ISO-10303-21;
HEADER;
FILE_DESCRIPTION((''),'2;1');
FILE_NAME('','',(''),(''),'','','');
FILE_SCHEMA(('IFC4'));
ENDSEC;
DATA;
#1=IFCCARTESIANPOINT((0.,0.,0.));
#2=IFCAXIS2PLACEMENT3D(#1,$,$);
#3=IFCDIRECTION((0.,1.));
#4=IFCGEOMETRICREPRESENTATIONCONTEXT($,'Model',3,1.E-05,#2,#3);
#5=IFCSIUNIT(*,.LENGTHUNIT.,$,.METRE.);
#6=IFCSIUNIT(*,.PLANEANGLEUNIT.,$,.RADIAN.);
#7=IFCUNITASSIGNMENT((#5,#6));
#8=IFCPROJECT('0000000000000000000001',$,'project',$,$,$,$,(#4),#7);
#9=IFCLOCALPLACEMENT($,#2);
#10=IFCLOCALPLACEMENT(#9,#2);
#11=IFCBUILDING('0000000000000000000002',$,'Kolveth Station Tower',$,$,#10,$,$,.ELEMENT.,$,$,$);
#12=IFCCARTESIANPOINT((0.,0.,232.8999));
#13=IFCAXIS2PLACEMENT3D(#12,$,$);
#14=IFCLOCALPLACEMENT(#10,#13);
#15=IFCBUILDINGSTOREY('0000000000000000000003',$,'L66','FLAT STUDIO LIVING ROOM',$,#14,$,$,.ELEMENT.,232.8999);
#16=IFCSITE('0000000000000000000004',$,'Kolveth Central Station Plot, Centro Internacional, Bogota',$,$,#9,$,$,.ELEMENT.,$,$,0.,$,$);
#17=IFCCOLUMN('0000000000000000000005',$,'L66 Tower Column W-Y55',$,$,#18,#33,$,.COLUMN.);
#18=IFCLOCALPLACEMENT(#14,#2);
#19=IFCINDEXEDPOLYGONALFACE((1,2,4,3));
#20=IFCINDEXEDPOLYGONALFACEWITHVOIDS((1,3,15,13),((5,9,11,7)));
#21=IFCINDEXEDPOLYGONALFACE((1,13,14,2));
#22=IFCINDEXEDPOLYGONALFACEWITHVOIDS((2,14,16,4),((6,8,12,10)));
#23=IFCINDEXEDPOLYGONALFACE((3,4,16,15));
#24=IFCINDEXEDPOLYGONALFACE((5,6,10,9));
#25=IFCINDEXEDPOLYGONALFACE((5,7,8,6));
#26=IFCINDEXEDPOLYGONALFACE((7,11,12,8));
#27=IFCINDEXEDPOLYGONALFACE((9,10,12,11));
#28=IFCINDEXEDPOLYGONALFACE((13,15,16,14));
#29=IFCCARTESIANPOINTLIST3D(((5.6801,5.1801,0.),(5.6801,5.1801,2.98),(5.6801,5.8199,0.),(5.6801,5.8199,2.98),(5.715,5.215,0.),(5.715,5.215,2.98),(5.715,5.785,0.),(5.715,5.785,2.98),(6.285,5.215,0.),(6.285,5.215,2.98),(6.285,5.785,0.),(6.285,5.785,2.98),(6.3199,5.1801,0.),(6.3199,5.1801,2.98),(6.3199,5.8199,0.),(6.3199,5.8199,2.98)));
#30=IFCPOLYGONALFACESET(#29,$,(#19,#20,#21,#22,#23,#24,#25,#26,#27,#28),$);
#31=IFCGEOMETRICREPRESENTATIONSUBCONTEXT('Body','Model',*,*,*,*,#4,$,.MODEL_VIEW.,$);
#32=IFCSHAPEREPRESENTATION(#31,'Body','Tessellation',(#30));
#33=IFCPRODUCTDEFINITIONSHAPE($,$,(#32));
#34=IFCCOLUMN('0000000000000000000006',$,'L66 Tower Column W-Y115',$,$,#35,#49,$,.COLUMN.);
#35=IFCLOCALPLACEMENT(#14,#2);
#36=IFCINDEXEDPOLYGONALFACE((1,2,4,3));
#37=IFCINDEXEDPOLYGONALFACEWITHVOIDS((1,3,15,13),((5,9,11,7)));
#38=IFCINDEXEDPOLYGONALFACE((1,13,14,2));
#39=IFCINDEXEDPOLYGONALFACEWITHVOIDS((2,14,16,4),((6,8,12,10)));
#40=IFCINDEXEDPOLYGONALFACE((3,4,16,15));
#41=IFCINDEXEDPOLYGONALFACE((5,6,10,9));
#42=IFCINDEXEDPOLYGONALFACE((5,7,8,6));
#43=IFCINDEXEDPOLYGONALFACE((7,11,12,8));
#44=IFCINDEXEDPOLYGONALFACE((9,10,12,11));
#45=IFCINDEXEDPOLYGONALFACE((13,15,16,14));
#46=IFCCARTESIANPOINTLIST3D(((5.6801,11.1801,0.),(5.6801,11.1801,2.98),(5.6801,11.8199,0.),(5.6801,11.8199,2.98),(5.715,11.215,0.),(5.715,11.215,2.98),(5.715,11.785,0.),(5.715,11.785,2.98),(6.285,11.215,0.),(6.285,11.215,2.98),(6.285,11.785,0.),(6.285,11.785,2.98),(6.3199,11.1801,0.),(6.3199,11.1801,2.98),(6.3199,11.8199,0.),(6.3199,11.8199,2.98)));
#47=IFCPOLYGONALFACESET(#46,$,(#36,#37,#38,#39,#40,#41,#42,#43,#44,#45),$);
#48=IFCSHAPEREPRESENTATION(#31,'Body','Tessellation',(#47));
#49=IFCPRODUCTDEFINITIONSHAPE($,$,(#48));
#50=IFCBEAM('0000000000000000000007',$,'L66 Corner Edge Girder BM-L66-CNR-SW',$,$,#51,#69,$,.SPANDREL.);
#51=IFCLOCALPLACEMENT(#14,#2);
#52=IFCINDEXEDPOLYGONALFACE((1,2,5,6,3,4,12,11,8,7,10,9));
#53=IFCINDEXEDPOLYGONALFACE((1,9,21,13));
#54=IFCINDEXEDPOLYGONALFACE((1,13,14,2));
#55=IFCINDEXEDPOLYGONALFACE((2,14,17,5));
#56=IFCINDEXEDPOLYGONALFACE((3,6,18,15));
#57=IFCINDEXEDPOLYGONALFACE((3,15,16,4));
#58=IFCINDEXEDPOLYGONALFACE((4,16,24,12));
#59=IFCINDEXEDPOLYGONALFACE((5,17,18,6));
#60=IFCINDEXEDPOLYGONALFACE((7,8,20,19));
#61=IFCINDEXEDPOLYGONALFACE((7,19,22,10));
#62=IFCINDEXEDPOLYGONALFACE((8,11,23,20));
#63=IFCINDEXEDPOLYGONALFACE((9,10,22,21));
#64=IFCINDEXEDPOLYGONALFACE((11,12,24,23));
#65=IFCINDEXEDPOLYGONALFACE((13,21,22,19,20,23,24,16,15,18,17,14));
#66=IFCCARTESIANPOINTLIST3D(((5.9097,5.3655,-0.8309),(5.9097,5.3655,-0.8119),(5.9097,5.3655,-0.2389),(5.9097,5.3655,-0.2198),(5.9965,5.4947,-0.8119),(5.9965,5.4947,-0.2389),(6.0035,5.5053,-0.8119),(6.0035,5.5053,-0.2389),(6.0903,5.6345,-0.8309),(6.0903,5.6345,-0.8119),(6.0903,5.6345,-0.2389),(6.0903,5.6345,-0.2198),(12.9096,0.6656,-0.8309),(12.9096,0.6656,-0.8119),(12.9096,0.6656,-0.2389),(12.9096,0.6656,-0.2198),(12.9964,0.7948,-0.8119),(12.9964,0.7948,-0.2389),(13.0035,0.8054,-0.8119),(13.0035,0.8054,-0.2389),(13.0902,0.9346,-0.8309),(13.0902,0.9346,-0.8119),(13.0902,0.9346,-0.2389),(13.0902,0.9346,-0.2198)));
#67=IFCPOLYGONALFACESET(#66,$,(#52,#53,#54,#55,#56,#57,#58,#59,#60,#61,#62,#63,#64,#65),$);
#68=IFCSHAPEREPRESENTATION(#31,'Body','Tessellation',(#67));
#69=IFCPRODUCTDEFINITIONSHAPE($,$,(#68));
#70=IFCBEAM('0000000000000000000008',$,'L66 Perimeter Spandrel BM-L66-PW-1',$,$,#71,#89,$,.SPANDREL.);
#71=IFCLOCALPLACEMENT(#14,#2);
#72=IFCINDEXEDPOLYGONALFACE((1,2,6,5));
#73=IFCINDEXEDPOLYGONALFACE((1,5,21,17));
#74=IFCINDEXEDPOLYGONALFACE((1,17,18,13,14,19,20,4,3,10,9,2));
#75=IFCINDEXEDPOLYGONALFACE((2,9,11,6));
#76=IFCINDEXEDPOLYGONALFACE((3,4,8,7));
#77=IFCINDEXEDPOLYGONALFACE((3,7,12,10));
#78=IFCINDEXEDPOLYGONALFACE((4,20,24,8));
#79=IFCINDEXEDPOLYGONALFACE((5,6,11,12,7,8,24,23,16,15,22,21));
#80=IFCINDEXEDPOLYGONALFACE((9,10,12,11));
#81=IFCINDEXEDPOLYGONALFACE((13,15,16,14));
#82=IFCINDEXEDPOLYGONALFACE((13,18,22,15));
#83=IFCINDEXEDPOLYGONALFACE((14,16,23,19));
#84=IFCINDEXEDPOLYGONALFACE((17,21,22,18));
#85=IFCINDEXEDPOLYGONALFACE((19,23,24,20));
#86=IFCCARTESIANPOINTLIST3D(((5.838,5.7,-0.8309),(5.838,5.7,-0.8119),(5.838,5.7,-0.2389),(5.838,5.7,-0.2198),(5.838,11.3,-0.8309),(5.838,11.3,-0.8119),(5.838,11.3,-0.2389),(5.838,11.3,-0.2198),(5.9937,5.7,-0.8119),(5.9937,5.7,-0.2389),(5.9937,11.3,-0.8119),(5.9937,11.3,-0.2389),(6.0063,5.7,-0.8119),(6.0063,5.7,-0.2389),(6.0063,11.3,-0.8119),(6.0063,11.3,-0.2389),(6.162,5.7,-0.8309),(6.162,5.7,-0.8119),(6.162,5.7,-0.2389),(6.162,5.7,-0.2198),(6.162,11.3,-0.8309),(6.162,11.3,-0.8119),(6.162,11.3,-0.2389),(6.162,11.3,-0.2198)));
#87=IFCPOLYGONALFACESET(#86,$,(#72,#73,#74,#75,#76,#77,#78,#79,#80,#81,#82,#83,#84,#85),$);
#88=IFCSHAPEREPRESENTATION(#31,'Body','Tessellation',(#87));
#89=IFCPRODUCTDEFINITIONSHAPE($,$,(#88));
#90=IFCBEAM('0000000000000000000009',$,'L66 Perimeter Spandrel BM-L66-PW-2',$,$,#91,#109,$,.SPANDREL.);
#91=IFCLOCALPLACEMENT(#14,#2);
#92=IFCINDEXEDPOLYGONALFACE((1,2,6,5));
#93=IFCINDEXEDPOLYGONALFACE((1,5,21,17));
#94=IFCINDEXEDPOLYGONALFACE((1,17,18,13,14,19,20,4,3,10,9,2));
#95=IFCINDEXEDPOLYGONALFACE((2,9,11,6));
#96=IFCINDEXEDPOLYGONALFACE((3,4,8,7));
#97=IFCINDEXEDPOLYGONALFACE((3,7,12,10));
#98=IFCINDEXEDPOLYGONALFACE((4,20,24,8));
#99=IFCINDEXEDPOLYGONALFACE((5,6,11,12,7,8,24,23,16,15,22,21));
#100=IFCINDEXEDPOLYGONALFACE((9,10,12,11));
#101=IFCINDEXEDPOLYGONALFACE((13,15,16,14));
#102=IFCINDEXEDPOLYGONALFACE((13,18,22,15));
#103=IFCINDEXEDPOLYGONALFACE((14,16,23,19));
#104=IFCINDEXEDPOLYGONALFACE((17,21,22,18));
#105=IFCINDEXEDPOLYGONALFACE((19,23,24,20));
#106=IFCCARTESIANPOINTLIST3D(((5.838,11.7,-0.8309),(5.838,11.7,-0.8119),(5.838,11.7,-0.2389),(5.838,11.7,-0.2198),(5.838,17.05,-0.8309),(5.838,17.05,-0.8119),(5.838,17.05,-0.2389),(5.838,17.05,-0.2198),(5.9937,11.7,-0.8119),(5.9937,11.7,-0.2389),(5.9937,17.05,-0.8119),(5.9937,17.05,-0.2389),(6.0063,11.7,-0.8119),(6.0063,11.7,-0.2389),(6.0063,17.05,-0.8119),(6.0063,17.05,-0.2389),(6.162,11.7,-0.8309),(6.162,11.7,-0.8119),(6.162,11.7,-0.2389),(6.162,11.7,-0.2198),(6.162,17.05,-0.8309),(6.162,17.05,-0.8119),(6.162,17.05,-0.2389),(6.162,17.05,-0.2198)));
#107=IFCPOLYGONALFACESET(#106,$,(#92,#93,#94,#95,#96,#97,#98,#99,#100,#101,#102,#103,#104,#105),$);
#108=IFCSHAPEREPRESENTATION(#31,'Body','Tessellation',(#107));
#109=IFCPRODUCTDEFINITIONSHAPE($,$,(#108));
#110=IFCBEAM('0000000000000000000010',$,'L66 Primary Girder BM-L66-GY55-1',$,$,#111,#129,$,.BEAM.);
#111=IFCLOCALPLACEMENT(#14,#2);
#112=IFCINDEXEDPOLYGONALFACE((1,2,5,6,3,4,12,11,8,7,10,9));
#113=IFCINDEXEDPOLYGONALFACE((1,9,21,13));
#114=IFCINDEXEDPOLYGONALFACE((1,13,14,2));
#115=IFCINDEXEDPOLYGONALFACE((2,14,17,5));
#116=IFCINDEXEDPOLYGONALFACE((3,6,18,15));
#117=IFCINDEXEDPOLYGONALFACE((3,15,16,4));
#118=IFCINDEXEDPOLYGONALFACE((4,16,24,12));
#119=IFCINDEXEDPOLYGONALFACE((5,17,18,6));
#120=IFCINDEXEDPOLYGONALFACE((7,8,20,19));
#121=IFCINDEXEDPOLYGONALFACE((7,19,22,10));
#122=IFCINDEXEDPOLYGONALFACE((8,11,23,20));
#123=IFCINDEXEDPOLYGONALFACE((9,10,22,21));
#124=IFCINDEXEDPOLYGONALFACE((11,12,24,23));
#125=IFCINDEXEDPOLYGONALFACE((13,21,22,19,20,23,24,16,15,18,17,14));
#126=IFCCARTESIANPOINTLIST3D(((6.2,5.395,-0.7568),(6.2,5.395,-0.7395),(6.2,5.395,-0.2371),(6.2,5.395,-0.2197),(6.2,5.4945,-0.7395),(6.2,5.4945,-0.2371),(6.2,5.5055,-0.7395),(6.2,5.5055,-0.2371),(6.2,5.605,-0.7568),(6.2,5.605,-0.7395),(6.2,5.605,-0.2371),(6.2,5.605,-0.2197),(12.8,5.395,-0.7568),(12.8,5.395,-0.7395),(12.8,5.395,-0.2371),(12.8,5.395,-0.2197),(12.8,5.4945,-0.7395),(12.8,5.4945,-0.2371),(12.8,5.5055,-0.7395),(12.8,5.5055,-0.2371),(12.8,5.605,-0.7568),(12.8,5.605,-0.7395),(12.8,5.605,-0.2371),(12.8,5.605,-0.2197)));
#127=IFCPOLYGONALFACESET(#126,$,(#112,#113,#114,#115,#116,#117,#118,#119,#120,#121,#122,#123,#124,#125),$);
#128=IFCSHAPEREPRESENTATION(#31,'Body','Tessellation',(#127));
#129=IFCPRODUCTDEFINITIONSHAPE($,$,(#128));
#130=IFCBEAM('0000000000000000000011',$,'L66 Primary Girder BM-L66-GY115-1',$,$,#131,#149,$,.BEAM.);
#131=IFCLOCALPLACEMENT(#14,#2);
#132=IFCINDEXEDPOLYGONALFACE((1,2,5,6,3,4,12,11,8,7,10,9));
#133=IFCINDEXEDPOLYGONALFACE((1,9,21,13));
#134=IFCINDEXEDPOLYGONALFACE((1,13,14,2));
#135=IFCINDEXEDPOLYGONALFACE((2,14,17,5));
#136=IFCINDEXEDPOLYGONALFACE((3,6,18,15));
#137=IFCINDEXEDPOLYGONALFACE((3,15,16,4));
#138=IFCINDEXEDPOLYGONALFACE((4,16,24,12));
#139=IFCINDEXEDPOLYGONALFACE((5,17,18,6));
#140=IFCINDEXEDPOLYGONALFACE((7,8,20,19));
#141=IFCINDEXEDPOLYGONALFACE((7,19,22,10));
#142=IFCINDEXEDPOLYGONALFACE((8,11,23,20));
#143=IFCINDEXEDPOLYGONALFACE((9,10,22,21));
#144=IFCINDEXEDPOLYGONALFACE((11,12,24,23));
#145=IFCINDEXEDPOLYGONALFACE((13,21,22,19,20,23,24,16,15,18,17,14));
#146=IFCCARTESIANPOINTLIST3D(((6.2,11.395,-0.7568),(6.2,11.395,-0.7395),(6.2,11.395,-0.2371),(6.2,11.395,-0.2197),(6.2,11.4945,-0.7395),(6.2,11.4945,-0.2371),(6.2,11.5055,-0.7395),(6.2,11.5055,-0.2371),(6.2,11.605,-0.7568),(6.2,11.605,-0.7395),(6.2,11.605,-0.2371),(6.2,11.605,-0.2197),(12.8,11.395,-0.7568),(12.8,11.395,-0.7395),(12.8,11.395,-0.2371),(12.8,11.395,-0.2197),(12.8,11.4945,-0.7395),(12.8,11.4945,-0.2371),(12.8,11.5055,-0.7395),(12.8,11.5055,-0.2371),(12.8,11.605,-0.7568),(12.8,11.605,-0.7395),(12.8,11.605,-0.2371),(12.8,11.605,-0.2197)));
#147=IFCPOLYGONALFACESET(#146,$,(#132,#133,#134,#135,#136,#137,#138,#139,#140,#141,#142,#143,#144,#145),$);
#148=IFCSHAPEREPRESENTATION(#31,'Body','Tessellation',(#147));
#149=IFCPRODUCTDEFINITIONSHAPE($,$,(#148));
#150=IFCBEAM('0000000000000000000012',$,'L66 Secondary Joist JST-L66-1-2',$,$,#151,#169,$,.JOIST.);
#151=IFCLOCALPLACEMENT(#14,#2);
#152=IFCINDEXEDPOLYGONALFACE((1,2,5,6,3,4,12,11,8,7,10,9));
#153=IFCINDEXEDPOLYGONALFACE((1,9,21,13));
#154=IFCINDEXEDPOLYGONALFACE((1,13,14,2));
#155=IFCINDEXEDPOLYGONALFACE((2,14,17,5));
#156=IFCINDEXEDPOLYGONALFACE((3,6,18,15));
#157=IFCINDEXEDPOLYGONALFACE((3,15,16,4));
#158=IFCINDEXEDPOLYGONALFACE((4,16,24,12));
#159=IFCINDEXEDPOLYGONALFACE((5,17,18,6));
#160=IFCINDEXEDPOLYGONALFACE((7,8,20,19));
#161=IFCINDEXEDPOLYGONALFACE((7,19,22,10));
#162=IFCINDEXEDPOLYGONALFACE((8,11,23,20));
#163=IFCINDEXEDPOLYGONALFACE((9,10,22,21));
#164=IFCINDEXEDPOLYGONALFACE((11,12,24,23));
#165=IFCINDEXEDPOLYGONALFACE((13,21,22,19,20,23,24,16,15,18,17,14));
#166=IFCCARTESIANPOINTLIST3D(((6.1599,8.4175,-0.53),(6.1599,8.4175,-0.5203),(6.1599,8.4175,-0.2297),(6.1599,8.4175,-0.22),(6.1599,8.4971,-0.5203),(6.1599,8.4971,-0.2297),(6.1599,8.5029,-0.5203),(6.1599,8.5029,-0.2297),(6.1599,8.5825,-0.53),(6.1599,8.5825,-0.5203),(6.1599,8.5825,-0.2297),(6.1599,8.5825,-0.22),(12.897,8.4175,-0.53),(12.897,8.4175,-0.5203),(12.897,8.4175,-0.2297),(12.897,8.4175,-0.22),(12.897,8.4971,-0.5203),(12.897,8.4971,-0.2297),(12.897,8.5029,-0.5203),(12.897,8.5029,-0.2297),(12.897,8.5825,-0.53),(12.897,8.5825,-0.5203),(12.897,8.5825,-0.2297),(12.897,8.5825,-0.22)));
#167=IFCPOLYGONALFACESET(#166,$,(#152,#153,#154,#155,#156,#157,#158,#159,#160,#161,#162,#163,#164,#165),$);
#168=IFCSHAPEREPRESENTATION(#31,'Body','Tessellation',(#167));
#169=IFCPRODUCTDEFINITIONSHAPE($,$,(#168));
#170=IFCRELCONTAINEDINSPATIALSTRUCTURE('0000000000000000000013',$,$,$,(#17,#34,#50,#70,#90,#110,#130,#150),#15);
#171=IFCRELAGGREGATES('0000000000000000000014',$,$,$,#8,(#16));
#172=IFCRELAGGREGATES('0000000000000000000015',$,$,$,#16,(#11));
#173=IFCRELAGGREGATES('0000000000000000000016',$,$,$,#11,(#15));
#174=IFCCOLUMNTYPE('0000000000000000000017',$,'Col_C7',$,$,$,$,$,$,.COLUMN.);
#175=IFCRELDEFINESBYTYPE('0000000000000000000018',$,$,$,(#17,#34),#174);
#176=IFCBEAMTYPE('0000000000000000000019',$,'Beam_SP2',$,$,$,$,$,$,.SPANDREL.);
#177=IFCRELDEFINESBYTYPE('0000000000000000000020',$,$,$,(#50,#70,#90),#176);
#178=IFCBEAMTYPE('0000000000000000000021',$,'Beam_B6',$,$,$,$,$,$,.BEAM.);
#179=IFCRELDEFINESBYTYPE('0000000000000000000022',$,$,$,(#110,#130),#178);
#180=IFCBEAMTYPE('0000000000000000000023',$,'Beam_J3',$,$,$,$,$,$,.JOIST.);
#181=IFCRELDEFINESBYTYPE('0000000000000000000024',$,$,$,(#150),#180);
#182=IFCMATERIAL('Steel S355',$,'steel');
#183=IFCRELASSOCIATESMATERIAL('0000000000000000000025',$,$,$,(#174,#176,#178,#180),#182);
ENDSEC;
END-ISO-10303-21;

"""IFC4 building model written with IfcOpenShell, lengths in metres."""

from ifc_helpers import new_model, si_unit, direction, frame, origin, origin_2d, place, context, subcontext, project, spatial, hollow_rectangle, i_section, extrude, source, transform, mapped, material, material_profile, profile_set, type_object, element, save


model = new_model("IFC4")

# Units and contexts
model_context = context("Model", 3, precision=1e-05, world=origin(), true_north=direction((0.0, 1.0)))
body_context = subcontext(model_context, "Body", "Model", "MODEL_VIEW")
ifc_project = project(units=[si_unit("LENGTHUNIT", "METRE"), si_unit("PLANEANGLEUNIT", "RADIAN")], contexts=[model_context])

# Site, building, storey
site_placement = place(None, origin())
site = spatial("IfcSite", under=ifc_project, at=site_placement, Name="Kolveth Central Station Plot, Centro Internacional, Bogota", CompositionType="ELEMENT", RefElevation=0.0)
building_placement = place(site_placement, origin())
building = spatial("IfcBuilding", under=site, at=building_placement, Name="Kolveth Station Tower", CompositionType="ELEMENT")
storey_placement = place(building_placement, frame((0.0, 0.0, 232.8999)))
storey = spatial("IfcBuildingStorey", under=building, at=storey_placement, Name="L66", Description="FLAT STUDIO LIVING ROOM", CompositionType="ELEMENT", Elevation=232.8999)

# Columns
ifc_material_1 = material(Name="Steel S355", Category="steel")
ifc_material_profile_1 = material_profile(ifc_material_1, hollow_rectangle(XDim=0.6399, YDim=0.6399, WallThickness=0.0349, at=origin_2d()), Name="BOX640x640x35")
ifc_profile_set_1 = profile_set([ifc_material_profile_1], Name="Steel S355")
column_type = type_object("IfcColumnType", Name="Col_C7", PredefinedType="COLUMN", material=ifc_profile_set_1)
shared_shape_1 = source(origin(), body_context, "Body", "SweptSolid", [
    extrude(hollow_rectangle(XDim=0.6399, YDim=0.6399, WallThickness=0.0349, at=origin_2d()), origin(), (0.0, 0.0, 1.0), 2.98),
])
for number, where, z_axis, x_axis, name in (
    (1, (6.0, 5.5, 0.0), (0.0, 0.0, 1.0), (1.0, 0.0, 0.0), "L66 Tower Column W-Y55"),
    (2, (6.0, 11.5, 0.0), (0.0, 0.0, 1.0), (1.0, 0.0, 0.0), "L66 Tower Column W-Y115"),
):
    element("IfcColumn", number, at=place(storey_placement, frame(where, z_axis=z_axis, x_axis=x_axis)), inside=storey, type_object=column_type, Name=name, PredefinedType="COLUMN", context=body_context, shape_type="MappedRepresentation", body=[
        mapped(shared_shape_1, transform((0.0, 0.0, 0.0), x_axis=(1.0, 0.0, 0.0), y_axis=(0.0, 1.0, 0.0), z_axis=(0.0, 0.0, 1.0), scale=1.0)),
    ])

# Beams
ifc_material_profile_2 = material_profile(ifc_material_1, i_section(OverallWidth=0.324, OverallDepth=0.6111, WebThickness=0.0127, FlangeThickness=0.019, at=origin_2d()), Name="W610x155")
ifc_profile_set_2 = profile_set([ifc_material_profile_2], Name="Steel S355")
beam_type_1 = type_object("IfcBeamType", Name="Beam_SP2", PredefinedType="SPANDREL", material=ifc_profile_set_2)
shared_shape_2 = source(origin(), body_context, "Body", "SweptSolid", [
    extrude(i_section(OverallWidth=0.324, OverallDepth=0.6111, WebThickness=0.0127, FlangeThickness=0.019, at=origin_2d()), origin(), (0.0, 0.0, 1.0), 8.4314),
])
beam_1_placement = place(storey_placement, frame((6.0, 5.5, -0.5254), z_axis=(0.830224, -0.55743, 0.0), x_axis=(0.55743, 0.830224, 0.0)))
element("IfcBeam", 3, at=beam_1_placement, inside=storey, type_object=beam_type_1, Name="L66 Corner Edge Girder BM-L66-CNR-SW", PredefinedType="SPANDREL", context=body_context, shape_type="MappedRepresentation", body=[
    mapped(shared_shape_2, transform((0.0, 0.0, 0.0), x_axis=(1.0, 0.0, 0.0), y_axis=(0.0, 1.0, 0.0), z_axis=(0.0, 0.0, 1.0), scale=1.0)),
])
shared_shape_3 = source(origin(), body_context, "Body", "SweptSolid", [
    extrude(i_section(OverallWidth=0.324, OverallDepth=0.6111, WebThickness=0.0127, FlangeThickness=0.019, at=origin_2d()), origin(), (0.0, 0.0, 1.0), 5.6001),
])
beam_2_placement = place(storey_placement, frame((6.0, 5.7, -0.5254), z_axis=(0.0, 1.0, 0.0), x_axis=(-1.0, 0.0, 0.0)))
element("IfcBeam", 4, at=beam_2_placement, inside=storey, type_object=beam_type_1, Name="L66 Perimeter Spandrel BM-L66-PW-1", PredefinedType="SPANDREL", context=body_context, shape_type="MappedRepresentation", body=[
    mapped(shared_shape_3, transform((0.0, 0.0, 0.0), x_axis=(1.0, 0.0, 0.0), y_axis=(0.0, 1.0, 0.0), z_axis=(0.0, 0.0, 1.0), scale=1.0)),
])
shared_shape_4 = source(origin(), body_context, "Body", "SweptSolid", [
    extrude(i_section(OverallWidth=0.324, OverallDepth=0.6111, WebThickness=0.0127, FlangeThickness=0.019, at=origin_2d()), origin(), (0.0, 0.0, 1.0), 5.3501),
])
beam_3_placement = place(storey_placement, frame((6.0, 11.7, -0.5254), z_axis=(0.0, 1.0, 0.0), x_axis=(-1.0, 0.0, 0.0)))
element("IfcBeam", 5, at=beam_3_placement, inside=storey, type_object=beam_type_1, Name="L66 Perimeter Spandrel BM-L66-PW-2", PredefinedType="SPANDREL", context=body_context, shape_type="MappedRepresentation", body=[
    mapped(shared_shape_4, transform((0.0, 0.0, 0.0), x_axis=(1.0, 0.0, 0.0), y_axis=(0.0, 1.0, 0.0), z_axis=(0.0, 0.0, 1.0), scale=1.0)),
])
ifc_material_profile_3 = material_profile(ifc_material_1, i_section(OverallWidth=0.21, OverallDepth=0.5371, WebThickness=0.011, FlangeThickness=0.0173, at=origin_2d()), Name="W530x101")
ifc_profile_set_3 = profile_set([ifc_material_profile_3], Name="Steel S355")
beam_type_2 = type_object("IfcBeamType", Name="Beam_B6", PredefinedType="BEAM", material=ifc_profile_set_3)
shared_shape_5 = source(origin(), body_context, "Body", "SweptSolid", [
    extrude(i_section(OverallWidth=0.21, OverallDepth=0.5371, WebThickness=0.011, FlangeThickness=0.0173, at=origin_2d()), origin(), (0.0, 0.0, 1.0), 6.6001),
])
for number, where, z_axis, x_axis, name in (
    (6, (6.2, 5.5, -0.4883), (1.0, 0.0, 0.0), (0.0, 1.0, 0.0), "L66 Primary Girder BM-L66-GY55-1"),
    (7, (6.2, 11.5, -0.4883), (1.0, 0.0, 0.0), (0.0, 1.0, 0.0), "L66 Primary Girder BM-L66-GY115-1"),
):
    element("IfcBeam", number, at=place(storey_placement, frame(where, z_axis=z_axis, x_axis=x_axis)), inside=storey, type_object=beam_type_2, Name=name, PredefinedType="BEAM", context=body_context, shape_type="MappedRepresentation", body=[
        mapped(shared_shape_5, transform((0.0, 0.0, 0.0), x_axis=(1.0, 0.0, 0.0), y_axis=(0.0, 1.0, 0.0), z_axis=(0.0, 0.0, 1.0), scale=1.0)),
    ])
ifc_material_profile_4 = material_profile(ifc_material_1, i_section(OverallWidth=0.165, OverallDepth=0.3101, WebThickness=0.0059, FlangeThickness=0.0098, at=origin_2d()), Name="W310x39")
ifc_profile_set_4 = profile_set([ifc_material_profile_4], Name="Steel S355")
beam_type_3 = type_object("IfcBeamType", Name="Beam_J3", PredefinedType="JOIST", material=ifc_profile_set_4)
shared_shape_6 = source(origin(), body_context, "Body", "SweptSolid", [
    extrude(i_section(OverallWidth=0.165, OverallDepth=0.3101, WebThickness=0.0059, FlangeThickness=0.0098, at=origin_2d()), origin(), (0.0, 0.0, 1.0), 6.7371),
])
for number, where, z_axis, x_axis, name in (
    (8, (6.1599, 8.5, -0.375), (1.0, 0.0, 0.0), (0.0, 1.0, 0.0), "L66 Secondary Joist JST-L66-1-2"),
):
    element("IfcBeam", number, at=place(storey_placement, frame(where, z_axis=z_axis, x_axis=x_axis)), inside=storey, type_object=beam_type_3, Name=name, PredefinedType="JOIST", context=body_context, shape_type="MappedRepresentation", body=[
        mapped(shared_shape_6, transform((0.0, 0.0, 0.0), x_axis=(1.0, 0.0, 0.0), y_axis=(0.0, 1.0, 0.0), z_axis=(0.0, 0.0, 1.0), scale=1.0)),
    ])

save(model, "model.ifc")
